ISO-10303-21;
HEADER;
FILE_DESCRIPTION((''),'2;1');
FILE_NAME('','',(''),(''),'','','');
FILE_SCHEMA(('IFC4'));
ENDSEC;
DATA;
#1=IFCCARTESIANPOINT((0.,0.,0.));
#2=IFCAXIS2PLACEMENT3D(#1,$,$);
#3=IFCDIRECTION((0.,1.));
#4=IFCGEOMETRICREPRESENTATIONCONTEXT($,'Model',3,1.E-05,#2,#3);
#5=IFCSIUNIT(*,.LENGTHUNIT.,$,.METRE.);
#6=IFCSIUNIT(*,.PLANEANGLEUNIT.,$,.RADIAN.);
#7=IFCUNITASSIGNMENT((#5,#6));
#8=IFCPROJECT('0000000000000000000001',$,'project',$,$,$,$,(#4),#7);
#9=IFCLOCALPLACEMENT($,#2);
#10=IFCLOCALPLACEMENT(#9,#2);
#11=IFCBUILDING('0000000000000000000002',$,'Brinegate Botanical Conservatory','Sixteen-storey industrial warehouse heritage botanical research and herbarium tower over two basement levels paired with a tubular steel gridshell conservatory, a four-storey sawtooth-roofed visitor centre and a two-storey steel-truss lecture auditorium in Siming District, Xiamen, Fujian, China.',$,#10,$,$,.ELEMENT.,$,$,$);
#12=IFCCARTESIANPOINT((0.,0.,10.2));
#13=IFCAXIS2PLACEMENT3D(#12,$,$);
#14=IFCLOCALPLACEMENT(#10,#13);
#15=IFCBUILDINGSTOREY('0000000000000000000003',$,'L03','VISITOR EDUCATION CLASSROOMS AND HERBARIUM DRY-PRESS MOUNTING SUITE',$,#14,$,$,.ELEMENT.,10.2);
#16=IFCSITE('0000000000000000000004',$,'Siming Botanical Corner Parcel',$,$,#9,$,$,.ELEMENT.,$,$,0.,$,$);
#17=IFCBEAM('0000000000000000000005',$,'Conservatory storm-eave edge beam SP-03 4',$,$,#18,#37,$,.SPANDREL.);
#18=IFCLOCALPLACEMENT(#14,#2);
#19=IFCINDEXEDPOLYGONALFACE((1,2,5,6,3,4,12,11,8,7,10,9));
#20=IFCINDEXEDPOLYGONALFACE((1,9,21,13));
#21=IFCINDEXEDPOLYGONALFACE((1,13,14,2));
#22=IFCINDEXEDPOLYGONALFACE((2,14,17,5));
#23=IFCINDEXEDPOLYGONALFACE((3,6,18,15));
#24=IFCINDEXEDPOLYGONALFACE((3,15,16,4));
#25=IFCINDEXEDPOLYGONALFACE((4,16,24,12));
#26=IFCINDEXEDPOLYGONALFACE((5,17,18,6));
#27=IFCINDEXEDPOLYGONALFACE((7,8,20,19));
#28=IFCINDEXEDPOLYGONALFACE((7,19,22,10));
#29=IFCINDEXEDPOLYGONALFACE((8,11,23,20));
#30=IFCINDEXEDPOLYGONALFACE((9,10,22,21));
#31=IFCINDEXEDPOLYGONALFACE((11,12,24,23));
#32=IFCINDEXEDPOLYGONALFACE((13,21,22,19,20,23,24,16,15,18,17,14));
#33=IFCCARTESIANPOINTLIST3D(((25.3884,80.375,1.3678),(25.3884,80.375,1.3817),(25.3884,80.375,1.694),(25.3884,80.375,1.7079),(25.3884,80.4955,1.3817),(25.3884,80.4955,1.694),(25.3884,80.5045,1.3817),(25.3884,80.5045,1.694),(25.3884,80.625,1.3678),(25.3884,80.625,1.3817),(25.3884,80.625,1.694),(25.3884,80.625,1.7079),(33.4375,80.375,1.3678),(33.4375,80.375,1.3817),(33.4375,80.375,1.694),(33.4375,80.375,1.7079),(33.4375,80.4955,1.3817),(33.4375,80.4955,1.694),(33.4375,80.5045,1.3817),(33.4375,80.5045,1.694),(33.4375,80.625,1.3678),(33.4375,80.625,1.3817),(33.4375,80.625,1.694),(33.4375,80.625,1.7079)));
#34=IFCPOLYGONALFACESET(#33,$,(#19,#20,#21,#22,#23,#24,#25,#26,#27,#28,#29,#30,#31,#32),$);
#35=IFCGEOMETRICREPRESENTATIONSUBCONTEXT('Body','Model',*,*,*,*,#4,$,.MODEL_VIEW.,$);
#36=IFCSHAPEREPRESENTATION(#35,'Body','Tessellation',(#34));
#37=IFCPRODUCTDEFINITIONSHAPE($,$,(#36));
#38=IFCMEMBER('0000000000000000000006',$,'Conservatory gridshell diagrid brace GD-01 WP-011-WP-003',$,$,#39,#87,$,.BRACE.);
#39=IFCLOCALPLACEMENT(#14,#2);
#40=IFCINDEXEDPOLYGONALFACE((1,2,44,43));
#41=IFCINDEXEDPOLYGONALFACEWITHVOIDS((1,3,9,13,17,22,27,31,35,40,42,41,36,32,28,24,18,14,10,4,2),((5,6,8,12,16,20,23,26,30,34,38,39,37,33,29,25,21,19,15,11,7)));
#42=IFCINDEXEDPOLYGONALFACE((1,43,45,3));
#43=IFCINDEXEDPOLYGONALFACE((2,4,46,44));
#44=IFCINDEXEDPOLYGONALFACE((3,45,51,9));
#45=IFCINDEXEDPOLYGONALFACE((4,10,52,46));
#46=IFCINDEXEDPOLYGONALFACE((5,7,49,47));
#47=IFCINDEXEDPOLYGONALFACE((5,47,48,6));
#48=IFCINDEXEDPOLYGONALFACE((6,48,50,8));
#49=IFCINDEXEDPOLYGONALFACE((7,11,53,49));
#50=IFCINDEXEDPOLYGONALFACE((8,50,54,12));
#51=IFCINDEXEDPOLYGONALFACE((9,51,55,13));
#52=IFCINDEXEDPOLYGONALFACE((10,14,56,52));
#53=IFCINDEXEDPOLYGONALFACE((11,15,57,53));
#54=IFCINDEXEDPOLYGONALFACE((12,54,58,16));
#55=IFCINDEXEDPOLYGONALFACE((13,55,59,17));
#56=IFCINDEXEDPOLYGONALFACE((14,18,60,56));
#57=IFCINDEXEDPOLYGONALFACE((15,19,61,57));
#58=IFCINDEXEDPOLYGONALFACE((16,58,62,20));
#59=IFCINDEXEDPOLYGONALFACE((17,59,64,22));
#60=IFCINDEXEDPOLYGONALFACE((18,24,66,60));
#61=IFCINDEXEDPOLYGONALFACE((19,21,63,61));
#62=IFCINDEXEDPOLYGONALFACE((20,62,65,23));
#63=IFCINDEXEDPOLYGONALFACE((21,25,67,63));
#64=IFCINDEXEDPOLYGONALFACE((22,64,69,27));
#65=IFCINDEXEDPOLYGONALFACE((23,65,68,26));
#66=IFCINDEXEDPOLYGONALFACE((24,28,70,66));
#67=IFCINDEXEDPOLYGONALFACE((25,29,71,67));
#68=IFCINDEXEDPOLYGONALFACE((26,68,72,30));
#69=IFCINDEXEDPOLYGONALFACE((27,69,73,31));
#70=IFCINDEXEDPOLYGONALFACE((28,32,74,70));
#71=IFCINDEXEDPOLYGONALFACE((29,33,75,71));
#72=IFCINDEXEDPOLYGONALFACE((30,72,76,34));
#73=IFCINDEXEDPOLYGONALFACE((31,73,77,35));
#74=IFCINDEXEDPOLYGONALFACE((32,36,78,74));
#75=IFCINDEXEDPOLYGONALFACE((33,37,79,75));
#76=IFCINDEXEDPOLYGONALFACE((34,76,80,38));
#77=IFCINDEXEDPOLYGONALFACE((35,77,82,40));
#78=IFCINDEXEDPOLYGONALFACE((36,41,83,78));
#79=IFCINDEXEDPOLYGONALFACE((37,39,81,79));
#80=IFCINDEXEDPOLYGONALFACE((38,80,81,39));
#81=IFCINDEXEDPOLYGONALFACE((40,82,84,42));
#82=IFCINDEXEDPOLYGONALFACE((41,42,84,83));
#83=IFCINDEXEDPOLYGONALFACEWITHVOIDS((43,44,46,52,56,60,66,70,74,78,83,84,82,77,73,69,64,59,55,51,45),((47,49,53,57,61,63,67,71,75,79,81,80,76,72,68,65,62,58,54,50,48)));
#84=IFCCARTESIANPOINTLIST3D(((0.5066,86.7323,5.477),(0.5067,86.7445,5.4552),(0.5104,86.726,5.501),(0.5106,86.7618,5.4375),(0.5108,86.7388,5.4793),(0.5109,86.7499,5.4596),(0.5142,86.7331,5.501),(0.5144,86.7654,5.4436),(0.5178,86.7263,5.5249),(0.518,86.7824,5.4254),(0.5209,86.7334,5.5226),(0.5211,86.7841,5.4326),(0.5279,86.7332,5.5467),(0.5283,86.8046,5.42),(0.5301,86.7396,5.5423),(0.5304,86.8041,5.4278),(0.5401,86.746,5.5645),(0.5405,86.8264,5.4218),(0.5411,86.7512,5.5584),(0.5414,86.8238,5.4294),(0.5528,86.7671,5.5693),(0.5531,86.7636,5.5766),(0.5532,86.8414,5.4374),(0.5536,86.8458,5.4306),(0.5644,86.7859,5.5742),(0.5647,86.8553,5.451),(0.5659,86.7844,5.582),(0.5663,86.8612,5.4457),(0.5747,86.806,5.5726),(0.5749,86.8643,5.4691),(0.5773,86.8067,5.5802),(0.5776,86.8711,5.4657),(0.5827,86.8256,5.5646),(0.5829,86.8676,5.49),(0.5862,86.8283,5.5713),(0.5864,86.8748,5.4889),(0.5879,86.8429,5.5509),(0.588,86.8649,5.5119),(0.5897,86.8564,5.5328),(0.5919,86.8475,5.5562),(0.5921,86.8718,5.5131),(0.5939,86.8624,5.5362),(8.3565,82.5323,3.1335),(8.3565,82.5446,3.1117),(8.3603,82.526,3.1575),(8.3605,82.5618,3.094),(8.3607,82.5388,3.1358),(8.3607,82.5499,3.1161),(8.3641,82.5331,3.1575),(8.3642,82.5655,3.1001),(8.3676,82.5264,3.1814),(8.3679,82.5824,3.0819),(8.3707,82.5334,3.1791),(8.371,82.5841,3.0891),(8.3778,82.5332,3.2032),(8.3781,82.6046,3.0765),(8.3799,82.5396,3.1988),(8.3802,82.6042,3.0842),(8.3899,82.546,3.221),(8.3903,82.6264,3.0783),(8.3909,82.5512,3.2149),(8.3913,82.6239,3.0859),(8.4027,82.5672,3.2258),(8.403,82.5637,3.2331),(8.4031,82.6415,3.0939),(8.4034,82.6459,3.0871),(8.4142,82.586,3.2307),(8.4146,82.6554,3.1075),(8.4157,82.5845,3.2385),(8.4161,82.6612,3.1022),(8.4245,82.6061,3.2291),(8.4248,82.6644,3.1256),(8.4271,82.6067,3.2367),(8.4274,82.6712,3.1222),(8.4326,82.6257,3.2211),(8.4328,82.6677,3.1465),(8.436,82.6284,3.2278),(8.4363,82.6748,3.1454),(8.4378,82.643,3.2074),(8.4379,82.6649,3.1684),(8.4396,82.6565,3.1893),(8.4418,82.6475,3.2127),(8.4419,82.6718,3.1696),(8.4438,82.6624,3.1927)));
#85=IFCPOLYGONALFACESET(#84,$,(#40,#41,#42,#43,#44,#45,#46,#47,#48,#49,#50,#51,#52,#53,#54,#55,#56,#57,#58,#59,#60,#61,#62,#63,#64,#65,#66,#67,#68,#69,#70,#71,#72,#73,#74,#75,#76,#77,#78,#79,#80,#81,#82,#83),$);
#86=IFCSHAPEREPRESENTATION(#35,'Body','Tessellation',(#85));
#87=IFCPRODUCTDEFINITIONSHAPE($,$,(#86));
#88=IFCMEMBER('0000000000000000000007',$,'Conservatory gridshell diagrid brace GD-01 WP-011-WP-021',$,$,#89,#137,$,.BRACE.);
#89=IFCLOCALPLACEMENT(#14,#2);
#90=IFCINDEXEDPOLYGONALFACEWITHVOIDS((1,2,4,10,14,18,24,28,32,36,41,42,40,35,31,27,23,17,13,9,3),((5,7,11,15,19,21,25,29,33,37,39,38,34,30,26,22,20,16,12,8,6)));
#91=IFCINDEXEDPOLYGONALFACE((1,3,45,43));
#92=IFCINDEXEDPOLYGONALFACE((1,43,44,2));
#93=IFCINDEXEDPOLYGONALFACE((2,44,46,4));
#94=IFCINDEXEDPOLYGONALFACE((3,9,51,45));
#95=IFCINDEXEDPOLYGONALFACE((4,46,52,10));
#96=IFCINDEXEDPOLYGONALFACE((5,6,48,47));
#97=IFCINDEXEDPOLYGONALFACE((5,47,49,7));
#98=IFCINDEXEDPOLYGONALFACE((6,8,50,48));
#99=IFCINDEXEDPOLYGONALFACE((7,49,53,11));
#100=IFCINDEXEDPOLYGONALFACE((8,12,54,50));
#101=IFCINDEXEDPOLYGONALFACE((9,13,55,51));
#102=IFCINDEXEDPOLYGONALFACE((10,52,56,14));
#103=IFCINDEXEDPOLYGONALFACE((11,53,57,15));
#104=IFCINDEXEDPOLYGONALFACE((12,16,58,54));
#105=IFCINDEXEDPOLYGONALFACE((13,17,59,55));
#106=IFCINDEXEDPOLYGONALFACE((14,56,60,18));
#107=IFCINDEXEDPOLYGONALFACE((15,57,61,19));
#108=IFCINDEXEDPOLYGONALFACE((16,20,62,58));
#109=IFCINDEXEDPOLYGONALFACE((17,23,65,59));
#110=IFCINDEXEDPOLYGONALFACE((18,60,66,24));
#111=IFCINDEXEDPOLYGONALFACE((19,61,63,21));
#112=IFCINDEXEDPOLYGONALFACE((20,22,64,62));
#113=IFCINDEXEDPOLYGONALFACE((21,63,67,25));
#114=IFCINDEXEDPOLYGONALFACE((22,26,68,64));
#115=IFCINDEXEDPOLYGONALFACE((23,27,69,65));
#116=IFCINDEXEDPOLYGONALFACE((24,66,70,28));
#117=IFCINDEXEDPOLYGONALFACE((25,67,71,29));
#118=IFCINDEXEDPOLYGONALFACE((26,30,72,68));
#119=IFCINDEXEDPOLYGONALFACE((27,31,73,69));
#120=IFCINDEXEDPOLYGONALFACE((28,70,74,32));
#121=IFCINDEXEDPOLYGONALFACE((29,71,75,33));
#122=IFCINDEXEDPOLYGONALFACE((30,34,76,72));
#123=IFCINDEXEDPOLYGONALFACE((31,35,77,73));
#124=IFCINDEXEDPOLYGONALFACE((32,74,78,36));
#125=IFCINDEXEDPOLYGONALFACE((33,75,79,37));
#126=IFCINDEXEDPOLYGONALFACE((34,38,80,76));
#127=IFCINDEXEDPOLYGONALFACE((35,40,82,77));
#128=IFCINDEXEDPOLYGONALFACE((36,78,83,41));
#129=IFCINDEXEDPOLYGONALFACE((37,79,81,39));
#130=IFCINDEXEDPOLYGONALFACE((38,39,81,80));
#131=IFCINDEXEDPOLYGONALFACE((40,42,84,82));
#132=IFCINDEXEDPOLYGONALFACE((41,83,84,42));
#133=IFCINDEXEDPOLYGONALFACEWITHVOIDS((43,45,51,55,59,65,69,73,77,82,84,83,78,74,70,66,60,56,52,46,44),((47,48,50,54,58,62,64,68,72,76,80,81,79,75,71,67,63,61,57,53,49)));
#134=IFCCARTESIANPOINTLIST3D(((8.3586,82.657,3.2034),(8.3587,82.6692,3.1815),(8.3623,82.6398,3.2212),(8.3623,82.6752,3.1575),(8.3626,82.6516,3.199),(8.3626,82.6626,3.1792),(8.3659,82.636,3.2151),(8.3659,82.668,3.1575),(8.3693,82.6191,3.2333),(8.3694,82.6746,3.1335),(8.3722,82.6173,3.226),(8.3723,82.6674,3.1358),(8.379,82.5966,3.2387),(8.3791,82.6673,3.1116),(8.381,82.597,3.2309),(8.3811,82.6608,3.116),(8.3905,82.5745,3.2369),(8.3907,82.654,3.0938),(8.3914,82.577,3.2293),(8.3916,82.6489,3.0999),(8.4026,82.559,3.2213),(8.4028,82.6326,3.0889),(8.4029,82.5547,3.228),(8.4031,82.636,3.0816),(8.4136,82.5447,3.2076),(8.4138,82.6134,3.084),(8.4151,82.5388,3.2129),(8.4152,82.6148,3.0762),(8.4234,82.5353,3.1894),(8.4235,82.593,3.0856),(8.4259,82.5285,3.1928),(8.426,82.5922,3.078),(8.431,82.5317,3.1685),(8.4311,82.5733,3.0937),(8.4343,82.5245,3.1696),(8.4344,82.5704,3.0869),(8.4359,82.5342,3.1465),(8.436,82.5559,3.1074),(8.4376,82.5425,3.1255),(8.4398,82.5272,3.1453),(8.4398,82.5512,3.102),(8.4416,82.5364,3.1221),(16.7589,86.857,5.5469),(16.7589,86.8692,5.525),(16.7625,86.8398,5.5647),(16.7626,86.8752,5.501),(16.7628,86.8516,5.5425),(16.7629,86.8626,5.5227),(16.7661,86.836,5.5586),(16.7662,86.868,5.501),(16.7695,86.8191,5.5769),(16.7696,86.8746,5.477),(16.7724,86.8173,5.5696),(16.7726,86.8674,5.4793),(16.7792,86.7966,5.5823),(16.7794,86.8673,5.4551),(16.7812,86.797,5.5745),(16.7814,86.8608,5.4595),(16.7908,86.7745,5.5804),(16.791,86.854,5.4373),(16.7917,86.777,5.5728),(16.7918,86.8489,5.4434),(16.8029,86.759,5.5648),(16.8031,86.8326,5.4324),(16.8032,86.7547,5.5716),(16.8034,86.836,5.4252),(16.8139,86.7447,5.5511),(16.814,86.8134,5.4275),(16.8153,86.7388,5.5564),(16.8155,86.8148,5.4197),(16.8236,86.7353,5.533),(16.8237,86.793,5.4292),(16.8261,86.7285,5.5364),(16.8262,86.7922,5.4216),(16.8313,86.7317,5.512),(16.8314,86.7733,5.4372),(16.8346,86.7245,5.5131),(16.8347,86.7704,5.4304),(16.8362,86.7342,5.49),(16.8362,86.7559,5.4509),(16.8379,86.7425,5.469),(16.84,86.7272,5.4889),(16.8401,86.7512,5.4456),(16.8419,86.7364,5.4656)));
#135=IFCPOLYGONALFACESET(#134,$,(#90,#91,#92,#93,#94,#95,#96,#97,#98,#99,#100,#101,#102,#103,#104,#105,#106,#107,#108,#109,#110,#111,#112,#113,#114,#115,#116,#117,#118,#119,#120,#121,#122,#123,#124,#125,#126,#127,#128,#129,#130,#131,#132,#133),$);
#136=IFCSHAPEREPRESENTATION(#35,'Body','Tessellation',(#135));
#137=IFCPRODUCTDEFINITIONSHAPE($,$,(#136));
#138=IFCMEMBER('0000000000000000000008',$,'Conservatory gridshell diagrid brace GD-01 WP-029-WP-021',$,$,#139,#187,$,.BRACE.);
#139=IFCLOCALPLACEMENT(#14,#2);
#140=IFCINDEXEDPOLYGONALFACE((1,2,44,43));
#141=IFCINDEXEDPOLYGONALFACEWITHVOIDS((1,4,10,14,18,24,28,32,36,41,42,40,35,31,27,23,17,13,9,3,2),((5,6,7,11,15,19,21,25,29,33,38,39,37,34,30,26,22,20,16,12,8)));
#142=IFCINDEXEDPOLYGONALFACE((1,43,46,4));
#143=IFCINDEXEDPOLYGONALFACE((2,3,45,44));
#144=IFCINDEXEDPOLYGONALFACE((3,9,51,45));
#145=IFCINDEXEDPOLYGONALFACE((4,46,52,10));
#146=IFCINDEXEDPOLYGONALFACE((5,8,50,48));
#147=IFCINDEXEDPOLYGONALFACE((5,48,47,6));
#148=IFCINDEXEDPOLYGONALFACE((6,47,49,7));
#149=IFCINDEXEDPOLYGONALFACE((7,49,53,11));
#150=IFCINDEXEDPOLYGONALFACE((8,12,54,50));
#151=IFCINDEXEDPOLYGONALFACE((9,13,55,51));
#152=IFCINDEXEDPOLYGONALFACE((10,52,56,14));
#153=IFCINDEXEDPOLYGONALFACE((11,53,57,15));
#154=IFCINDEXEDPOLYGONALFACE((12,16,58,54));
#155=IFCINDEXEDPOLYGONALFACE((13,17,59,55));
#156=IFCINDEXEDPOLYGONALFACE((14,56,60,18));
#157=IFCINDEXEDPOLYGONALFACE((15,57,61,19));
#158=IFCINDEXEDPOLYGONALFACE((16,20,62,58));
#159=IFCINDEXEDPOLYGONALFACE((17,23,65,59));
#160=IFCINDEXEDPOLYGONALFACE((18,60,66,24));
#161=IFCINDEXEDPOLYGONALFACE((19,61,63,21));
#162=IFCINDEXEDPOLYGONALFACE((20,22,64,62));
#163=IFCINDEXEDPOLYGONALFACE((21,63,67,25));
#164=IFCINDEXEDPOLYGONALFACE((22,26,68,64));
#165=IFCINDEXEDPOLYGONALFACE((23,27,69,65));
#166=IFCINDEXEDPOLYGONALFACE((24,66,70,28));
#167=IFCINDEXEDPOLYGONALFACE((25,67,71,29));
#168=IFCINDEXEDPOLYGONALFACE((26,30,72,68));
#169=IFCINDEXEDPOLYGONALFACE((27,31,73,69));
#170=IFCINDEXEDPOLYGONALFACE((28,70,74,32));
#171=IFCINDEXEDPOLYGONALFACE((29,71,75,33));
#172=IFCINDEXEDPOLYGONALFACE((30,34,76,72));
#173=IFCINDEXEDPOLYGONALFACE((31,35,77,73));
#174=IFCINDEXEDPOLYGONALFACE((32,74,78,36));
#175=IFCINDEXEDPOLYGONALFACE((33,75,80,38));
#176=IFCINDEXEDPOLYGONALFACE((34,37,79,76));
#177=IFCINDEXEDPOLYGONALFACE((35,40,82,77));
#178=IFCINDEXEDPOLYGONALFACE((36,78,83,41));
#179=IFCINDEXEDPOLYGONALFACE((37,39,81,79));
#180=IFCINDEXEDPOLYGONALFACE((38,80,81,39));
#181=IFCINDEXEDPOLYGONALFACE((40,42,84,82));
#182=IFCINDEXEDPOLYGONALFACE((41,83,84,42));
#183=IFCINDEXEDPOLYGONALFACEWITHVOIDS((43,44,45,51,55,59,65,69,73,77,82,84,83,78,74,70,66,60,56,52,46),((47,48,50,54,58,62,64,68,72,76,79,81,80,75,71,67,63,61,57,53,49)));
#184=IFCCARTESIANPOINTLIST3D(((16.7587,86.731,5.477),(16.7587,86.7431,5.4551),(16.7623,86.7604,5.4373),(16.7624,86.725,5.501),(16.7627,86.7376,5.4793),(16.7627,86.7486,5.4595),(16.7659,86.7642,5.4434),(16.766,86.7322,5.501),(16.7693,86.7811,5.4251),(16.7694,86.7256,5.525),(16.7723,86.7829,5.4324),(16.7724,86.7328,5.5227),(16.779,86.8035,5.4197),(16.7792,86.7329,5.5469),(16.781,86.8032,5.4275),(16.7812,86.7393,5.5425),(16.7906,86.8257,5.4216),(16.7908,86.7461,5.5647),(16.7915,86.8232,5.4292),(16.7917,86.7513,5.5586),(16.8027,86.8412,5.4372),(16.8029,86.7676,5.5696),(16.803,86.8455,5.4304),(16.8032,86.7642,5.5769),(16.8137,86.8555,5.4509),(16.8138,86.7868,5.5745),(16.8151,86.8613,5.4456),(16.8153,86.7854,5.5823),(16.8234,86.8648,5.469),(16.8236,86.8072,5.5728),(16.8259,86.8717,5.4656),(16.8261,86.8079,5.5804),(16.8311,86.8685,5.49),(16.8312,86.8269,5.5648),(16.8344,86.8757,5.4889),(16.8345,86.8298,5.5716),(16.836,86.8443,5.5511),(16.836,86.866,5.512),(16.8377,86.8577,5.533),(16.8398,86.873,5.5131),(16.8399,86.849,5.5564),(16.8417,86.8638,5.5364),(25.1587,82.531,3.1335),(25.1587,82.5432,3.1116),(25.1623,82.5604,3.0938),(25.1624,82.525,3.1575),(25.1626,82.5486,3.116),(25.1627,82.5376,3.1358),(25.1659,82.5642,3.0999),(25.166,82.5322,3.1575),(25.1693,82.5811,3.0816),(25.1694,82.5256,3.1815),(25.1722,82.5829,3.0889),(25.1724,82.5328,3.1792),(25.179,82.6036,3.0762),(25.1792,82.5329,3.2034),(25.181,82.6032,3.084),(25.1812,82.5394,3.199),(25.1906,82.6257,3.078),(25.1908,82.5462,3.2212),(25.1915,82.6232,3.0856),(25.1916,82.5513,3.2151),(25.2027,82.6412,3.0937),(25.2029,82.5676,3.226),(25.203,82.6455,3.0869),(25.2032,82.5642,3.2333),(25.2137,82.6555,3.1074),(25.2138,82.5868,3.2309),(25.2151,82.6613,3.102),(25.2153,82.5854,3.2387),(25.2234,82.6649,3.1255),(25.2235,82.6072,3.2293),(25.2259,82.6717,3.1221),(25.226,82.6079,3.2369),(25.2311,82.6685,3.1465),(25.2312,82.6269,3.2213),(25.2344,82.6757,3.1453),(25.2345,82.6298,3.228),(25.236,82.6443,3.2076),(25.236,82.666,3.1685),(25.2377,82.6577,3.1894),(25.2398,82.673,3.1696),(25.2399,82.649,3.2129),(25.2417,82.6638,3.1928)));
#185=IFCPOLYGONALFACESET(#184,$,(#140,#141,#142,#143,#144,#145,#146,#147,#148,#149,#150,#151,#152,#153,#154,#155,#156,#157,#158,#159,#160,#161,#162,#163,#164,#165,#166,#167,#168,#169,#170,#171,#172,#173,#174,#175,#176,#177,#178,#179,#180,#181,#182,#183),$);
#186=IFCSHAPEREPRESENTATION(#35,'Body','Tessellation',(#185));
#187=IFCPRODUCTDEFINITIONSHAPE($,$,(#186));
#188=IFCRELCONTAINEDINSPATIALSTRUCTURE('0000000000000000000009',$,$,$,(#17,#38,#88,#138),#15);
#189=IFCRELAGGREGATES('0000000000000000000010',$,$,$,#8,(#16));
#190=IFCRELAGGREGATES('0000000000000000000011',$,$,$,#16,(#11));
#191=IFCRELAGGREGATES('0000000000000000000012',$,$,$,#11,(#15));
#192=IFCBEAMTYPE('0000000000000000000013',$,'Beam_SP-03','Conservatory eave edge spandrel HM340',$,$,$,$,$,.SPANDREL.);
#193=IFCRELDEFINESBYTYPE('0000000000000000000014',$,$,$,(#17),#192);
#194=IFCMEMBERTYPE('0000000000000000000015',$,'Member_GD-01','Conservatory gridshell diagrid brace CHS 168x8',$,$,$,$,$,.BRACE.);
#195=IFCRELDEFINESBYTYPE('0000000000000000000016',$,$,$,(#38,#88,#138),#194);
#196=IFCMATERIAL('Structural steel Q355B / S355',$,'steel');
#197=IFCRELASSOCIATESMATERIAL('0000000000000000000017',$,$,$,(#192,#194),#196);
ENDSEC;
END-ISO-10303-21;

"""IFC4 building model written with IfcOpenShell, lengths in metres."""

from ifc_helpers import new_model, si_unit, direction, frame, origin, origin_2d, place, context, subcontext, project, spatial, hollow_circle, i_section, extrude, material, material_profile, profile_set, type_object, element, save


model = new_model("IFC4")

# Units and contexts
model_context = context("Model", 3, precision=1e-05, world=origin(), true_north=direction((0.0, 1.0)))
body_context = subcontext(model_context, "Body", "Model", "MODEL_VIEW")
ifc_project = project(units=[si_unit("LENGTHUNIT", "METRE"), si_unit("PLANEANGLEUNIT", "RADIAN")], contexts=[model_context])

# Site, building, storey
site_placement = place(None, origin())
site = spatial("IfcSite", under=ifc_project, at=site_placement, Name="Siming Botanical Corner Parcel", CompositionType="ELEMENT", RefElevation=0.0)
building_placement = place(site_placement, origin())
building = spatial("IfcBuilding", under=site, at=building_placement, Name="Brinegate Botanical Conservatory", Description="Sixteen-storey industrial warehouse heritage botanical research and herbarium tower over two basement levels paired with a tubular steel gridshell conservatory, a four-storey sawtooth-roofed visitor centre and a two-storey steel-truss lecture auditorium in Siming District, Xiamen, Fujian, China.", CompositionType="ELEMENT")
storey_placement = place(building_placement, frame((0.0, 0.0, 10.2)))
storey = spatial("IfcBuildingStorey", under=building, at=storey_placement, Name="L03", Description="VISITOR EDUCATION CLASSROOMS AND HERBARIUM DRY-PRESS MOUNTING SUITE", CompositionType="ELEMENT", Elevation=10.2)

# Beam
ifc_material_1 = material(Name="Structural steel Q355B / S355", Category="steel")
ifc_material_profile_1 = material_profile(ifc_material_1, i_section(OverallWidth=0.25, OverallDepth=0.3401, WebThickness=0.009, FlangeThickness=0.0139, at=origin_2d()), Name="HM 340x250x9x14")
ifc_profile_set_1 = profile_set([ifc_material_profile_1], Name="Structural steel Q355B / S355")
beam_type_1 = type_object("IfcBeamType", Name="Beam_SP-03", Description="Conservatory eave edge spandrel HM340", PredefinedType="SPANDREL", material=ifc_profile_set_1)
beam_1_placement = place(storey_placement, frame((25.3884, 80.5, 1.5378), z_axis=(1.0, 0.0, 0.0), x_axis=(0.0, 1.0, 0.0)))
element("IfcBeam", 1, at=beam_1_placement, inside=storey, type_object=beam_type_1, Name="Conservatory storm-eave edge beam SP-03 4", PredefinedType="SPANDREL", context=body_context, shape_type="SweptSolid", body=[
    extrude(i_section(OverallWidth=0.25, OverallDepth=0.3401, WebThickness=0.009, FlangeThickness=0.0139, at=origin_2d()), origin(), (0.0, 0.0, 1.0), 8.0491),
])

# Members
ifc_material_profile_2 = material_profile(ifc_material_1, hollow_circle(Radius=0.084, WallThickness=0.0081, at=origin_2d()), Name="CHS 168x8")
ifc_profile_set_2 = profile_set([ifc_material_profile_2], Name="Structural steel Q355B / S355")
member_type_1 = type_object("IfcMemberType", Name="Member_GD-01", Description="Conservatory gridshell diagrid brace CHS 168x8", PredefinedType="BRACE", material=ifc_profile_set_2)
member_1_placement = place(storey_placement, frame((8.3999, 82.6001, 3.1575), z_axis=(-0.852682, 0.456215, 0.254561), x_axis=(-0.471756, -0.881729, 0.0)))
element("IfcMember", 2, at=member_1_placement, inside=storey, type_object=member_type_1, Name="Conservatory gridshell diagrid brace GD-01 WP-011-WP-003", PredefinedType="BRACE", context=body_context, shape_type="SweptSolid", body=[
    extrude(hollow_circle(Radius=0.084, WallThickness=0.0081, at=origin_2d()), origin(), (0.0, 0.0, 1.0), 9.2061),
])
member_2_placement = place(storey_placement, frame((8.3999, 82.6001, 3.1575), z_axis=(0.867822, 0.433899, 0.242108), x_axis=(-0.447203, 0.894432, 0.0)))
element("IfcMember", 3, at=member_2_placement, inside=storey, type_object=member_type_1, Name="Conservatory gridshell diagrid brace GD-01 WP-011-WP-021", PredefinedType="BRACE", context=body_context, shape_type="SweptSolid", body=[
    extrude(hollow_circle(Radius=0.084, WallThickness=0.0081, at=origin_2d()), origin(), (0.0, 0.0, 1.0), 9.6797),
])
member_3_placement = place(storey_placement, frame((25.2, 82.6001, 3.1575), z_axis=(-0.867816, 0.433908, 0.242114), x_axis=(-0.447214, -0.894427, 0.0)))
element("IfcMember", 4, at=member_3_placement, inside=storey, type_object=member_type_1, Name="Conservatory gridshell diagrid brace GD-01 WP-029-WP-021", PredefinedType="BRACE", context=body_context, shape_type="SweptSolid", body=[
    extrude(hollow_circle(Radius=0.084, WallThickness=0.0081, at=origin_2d()), origin(), (0.0, 0.0, 1.0), 9.6794),
])

save(model, "model.ifc")
